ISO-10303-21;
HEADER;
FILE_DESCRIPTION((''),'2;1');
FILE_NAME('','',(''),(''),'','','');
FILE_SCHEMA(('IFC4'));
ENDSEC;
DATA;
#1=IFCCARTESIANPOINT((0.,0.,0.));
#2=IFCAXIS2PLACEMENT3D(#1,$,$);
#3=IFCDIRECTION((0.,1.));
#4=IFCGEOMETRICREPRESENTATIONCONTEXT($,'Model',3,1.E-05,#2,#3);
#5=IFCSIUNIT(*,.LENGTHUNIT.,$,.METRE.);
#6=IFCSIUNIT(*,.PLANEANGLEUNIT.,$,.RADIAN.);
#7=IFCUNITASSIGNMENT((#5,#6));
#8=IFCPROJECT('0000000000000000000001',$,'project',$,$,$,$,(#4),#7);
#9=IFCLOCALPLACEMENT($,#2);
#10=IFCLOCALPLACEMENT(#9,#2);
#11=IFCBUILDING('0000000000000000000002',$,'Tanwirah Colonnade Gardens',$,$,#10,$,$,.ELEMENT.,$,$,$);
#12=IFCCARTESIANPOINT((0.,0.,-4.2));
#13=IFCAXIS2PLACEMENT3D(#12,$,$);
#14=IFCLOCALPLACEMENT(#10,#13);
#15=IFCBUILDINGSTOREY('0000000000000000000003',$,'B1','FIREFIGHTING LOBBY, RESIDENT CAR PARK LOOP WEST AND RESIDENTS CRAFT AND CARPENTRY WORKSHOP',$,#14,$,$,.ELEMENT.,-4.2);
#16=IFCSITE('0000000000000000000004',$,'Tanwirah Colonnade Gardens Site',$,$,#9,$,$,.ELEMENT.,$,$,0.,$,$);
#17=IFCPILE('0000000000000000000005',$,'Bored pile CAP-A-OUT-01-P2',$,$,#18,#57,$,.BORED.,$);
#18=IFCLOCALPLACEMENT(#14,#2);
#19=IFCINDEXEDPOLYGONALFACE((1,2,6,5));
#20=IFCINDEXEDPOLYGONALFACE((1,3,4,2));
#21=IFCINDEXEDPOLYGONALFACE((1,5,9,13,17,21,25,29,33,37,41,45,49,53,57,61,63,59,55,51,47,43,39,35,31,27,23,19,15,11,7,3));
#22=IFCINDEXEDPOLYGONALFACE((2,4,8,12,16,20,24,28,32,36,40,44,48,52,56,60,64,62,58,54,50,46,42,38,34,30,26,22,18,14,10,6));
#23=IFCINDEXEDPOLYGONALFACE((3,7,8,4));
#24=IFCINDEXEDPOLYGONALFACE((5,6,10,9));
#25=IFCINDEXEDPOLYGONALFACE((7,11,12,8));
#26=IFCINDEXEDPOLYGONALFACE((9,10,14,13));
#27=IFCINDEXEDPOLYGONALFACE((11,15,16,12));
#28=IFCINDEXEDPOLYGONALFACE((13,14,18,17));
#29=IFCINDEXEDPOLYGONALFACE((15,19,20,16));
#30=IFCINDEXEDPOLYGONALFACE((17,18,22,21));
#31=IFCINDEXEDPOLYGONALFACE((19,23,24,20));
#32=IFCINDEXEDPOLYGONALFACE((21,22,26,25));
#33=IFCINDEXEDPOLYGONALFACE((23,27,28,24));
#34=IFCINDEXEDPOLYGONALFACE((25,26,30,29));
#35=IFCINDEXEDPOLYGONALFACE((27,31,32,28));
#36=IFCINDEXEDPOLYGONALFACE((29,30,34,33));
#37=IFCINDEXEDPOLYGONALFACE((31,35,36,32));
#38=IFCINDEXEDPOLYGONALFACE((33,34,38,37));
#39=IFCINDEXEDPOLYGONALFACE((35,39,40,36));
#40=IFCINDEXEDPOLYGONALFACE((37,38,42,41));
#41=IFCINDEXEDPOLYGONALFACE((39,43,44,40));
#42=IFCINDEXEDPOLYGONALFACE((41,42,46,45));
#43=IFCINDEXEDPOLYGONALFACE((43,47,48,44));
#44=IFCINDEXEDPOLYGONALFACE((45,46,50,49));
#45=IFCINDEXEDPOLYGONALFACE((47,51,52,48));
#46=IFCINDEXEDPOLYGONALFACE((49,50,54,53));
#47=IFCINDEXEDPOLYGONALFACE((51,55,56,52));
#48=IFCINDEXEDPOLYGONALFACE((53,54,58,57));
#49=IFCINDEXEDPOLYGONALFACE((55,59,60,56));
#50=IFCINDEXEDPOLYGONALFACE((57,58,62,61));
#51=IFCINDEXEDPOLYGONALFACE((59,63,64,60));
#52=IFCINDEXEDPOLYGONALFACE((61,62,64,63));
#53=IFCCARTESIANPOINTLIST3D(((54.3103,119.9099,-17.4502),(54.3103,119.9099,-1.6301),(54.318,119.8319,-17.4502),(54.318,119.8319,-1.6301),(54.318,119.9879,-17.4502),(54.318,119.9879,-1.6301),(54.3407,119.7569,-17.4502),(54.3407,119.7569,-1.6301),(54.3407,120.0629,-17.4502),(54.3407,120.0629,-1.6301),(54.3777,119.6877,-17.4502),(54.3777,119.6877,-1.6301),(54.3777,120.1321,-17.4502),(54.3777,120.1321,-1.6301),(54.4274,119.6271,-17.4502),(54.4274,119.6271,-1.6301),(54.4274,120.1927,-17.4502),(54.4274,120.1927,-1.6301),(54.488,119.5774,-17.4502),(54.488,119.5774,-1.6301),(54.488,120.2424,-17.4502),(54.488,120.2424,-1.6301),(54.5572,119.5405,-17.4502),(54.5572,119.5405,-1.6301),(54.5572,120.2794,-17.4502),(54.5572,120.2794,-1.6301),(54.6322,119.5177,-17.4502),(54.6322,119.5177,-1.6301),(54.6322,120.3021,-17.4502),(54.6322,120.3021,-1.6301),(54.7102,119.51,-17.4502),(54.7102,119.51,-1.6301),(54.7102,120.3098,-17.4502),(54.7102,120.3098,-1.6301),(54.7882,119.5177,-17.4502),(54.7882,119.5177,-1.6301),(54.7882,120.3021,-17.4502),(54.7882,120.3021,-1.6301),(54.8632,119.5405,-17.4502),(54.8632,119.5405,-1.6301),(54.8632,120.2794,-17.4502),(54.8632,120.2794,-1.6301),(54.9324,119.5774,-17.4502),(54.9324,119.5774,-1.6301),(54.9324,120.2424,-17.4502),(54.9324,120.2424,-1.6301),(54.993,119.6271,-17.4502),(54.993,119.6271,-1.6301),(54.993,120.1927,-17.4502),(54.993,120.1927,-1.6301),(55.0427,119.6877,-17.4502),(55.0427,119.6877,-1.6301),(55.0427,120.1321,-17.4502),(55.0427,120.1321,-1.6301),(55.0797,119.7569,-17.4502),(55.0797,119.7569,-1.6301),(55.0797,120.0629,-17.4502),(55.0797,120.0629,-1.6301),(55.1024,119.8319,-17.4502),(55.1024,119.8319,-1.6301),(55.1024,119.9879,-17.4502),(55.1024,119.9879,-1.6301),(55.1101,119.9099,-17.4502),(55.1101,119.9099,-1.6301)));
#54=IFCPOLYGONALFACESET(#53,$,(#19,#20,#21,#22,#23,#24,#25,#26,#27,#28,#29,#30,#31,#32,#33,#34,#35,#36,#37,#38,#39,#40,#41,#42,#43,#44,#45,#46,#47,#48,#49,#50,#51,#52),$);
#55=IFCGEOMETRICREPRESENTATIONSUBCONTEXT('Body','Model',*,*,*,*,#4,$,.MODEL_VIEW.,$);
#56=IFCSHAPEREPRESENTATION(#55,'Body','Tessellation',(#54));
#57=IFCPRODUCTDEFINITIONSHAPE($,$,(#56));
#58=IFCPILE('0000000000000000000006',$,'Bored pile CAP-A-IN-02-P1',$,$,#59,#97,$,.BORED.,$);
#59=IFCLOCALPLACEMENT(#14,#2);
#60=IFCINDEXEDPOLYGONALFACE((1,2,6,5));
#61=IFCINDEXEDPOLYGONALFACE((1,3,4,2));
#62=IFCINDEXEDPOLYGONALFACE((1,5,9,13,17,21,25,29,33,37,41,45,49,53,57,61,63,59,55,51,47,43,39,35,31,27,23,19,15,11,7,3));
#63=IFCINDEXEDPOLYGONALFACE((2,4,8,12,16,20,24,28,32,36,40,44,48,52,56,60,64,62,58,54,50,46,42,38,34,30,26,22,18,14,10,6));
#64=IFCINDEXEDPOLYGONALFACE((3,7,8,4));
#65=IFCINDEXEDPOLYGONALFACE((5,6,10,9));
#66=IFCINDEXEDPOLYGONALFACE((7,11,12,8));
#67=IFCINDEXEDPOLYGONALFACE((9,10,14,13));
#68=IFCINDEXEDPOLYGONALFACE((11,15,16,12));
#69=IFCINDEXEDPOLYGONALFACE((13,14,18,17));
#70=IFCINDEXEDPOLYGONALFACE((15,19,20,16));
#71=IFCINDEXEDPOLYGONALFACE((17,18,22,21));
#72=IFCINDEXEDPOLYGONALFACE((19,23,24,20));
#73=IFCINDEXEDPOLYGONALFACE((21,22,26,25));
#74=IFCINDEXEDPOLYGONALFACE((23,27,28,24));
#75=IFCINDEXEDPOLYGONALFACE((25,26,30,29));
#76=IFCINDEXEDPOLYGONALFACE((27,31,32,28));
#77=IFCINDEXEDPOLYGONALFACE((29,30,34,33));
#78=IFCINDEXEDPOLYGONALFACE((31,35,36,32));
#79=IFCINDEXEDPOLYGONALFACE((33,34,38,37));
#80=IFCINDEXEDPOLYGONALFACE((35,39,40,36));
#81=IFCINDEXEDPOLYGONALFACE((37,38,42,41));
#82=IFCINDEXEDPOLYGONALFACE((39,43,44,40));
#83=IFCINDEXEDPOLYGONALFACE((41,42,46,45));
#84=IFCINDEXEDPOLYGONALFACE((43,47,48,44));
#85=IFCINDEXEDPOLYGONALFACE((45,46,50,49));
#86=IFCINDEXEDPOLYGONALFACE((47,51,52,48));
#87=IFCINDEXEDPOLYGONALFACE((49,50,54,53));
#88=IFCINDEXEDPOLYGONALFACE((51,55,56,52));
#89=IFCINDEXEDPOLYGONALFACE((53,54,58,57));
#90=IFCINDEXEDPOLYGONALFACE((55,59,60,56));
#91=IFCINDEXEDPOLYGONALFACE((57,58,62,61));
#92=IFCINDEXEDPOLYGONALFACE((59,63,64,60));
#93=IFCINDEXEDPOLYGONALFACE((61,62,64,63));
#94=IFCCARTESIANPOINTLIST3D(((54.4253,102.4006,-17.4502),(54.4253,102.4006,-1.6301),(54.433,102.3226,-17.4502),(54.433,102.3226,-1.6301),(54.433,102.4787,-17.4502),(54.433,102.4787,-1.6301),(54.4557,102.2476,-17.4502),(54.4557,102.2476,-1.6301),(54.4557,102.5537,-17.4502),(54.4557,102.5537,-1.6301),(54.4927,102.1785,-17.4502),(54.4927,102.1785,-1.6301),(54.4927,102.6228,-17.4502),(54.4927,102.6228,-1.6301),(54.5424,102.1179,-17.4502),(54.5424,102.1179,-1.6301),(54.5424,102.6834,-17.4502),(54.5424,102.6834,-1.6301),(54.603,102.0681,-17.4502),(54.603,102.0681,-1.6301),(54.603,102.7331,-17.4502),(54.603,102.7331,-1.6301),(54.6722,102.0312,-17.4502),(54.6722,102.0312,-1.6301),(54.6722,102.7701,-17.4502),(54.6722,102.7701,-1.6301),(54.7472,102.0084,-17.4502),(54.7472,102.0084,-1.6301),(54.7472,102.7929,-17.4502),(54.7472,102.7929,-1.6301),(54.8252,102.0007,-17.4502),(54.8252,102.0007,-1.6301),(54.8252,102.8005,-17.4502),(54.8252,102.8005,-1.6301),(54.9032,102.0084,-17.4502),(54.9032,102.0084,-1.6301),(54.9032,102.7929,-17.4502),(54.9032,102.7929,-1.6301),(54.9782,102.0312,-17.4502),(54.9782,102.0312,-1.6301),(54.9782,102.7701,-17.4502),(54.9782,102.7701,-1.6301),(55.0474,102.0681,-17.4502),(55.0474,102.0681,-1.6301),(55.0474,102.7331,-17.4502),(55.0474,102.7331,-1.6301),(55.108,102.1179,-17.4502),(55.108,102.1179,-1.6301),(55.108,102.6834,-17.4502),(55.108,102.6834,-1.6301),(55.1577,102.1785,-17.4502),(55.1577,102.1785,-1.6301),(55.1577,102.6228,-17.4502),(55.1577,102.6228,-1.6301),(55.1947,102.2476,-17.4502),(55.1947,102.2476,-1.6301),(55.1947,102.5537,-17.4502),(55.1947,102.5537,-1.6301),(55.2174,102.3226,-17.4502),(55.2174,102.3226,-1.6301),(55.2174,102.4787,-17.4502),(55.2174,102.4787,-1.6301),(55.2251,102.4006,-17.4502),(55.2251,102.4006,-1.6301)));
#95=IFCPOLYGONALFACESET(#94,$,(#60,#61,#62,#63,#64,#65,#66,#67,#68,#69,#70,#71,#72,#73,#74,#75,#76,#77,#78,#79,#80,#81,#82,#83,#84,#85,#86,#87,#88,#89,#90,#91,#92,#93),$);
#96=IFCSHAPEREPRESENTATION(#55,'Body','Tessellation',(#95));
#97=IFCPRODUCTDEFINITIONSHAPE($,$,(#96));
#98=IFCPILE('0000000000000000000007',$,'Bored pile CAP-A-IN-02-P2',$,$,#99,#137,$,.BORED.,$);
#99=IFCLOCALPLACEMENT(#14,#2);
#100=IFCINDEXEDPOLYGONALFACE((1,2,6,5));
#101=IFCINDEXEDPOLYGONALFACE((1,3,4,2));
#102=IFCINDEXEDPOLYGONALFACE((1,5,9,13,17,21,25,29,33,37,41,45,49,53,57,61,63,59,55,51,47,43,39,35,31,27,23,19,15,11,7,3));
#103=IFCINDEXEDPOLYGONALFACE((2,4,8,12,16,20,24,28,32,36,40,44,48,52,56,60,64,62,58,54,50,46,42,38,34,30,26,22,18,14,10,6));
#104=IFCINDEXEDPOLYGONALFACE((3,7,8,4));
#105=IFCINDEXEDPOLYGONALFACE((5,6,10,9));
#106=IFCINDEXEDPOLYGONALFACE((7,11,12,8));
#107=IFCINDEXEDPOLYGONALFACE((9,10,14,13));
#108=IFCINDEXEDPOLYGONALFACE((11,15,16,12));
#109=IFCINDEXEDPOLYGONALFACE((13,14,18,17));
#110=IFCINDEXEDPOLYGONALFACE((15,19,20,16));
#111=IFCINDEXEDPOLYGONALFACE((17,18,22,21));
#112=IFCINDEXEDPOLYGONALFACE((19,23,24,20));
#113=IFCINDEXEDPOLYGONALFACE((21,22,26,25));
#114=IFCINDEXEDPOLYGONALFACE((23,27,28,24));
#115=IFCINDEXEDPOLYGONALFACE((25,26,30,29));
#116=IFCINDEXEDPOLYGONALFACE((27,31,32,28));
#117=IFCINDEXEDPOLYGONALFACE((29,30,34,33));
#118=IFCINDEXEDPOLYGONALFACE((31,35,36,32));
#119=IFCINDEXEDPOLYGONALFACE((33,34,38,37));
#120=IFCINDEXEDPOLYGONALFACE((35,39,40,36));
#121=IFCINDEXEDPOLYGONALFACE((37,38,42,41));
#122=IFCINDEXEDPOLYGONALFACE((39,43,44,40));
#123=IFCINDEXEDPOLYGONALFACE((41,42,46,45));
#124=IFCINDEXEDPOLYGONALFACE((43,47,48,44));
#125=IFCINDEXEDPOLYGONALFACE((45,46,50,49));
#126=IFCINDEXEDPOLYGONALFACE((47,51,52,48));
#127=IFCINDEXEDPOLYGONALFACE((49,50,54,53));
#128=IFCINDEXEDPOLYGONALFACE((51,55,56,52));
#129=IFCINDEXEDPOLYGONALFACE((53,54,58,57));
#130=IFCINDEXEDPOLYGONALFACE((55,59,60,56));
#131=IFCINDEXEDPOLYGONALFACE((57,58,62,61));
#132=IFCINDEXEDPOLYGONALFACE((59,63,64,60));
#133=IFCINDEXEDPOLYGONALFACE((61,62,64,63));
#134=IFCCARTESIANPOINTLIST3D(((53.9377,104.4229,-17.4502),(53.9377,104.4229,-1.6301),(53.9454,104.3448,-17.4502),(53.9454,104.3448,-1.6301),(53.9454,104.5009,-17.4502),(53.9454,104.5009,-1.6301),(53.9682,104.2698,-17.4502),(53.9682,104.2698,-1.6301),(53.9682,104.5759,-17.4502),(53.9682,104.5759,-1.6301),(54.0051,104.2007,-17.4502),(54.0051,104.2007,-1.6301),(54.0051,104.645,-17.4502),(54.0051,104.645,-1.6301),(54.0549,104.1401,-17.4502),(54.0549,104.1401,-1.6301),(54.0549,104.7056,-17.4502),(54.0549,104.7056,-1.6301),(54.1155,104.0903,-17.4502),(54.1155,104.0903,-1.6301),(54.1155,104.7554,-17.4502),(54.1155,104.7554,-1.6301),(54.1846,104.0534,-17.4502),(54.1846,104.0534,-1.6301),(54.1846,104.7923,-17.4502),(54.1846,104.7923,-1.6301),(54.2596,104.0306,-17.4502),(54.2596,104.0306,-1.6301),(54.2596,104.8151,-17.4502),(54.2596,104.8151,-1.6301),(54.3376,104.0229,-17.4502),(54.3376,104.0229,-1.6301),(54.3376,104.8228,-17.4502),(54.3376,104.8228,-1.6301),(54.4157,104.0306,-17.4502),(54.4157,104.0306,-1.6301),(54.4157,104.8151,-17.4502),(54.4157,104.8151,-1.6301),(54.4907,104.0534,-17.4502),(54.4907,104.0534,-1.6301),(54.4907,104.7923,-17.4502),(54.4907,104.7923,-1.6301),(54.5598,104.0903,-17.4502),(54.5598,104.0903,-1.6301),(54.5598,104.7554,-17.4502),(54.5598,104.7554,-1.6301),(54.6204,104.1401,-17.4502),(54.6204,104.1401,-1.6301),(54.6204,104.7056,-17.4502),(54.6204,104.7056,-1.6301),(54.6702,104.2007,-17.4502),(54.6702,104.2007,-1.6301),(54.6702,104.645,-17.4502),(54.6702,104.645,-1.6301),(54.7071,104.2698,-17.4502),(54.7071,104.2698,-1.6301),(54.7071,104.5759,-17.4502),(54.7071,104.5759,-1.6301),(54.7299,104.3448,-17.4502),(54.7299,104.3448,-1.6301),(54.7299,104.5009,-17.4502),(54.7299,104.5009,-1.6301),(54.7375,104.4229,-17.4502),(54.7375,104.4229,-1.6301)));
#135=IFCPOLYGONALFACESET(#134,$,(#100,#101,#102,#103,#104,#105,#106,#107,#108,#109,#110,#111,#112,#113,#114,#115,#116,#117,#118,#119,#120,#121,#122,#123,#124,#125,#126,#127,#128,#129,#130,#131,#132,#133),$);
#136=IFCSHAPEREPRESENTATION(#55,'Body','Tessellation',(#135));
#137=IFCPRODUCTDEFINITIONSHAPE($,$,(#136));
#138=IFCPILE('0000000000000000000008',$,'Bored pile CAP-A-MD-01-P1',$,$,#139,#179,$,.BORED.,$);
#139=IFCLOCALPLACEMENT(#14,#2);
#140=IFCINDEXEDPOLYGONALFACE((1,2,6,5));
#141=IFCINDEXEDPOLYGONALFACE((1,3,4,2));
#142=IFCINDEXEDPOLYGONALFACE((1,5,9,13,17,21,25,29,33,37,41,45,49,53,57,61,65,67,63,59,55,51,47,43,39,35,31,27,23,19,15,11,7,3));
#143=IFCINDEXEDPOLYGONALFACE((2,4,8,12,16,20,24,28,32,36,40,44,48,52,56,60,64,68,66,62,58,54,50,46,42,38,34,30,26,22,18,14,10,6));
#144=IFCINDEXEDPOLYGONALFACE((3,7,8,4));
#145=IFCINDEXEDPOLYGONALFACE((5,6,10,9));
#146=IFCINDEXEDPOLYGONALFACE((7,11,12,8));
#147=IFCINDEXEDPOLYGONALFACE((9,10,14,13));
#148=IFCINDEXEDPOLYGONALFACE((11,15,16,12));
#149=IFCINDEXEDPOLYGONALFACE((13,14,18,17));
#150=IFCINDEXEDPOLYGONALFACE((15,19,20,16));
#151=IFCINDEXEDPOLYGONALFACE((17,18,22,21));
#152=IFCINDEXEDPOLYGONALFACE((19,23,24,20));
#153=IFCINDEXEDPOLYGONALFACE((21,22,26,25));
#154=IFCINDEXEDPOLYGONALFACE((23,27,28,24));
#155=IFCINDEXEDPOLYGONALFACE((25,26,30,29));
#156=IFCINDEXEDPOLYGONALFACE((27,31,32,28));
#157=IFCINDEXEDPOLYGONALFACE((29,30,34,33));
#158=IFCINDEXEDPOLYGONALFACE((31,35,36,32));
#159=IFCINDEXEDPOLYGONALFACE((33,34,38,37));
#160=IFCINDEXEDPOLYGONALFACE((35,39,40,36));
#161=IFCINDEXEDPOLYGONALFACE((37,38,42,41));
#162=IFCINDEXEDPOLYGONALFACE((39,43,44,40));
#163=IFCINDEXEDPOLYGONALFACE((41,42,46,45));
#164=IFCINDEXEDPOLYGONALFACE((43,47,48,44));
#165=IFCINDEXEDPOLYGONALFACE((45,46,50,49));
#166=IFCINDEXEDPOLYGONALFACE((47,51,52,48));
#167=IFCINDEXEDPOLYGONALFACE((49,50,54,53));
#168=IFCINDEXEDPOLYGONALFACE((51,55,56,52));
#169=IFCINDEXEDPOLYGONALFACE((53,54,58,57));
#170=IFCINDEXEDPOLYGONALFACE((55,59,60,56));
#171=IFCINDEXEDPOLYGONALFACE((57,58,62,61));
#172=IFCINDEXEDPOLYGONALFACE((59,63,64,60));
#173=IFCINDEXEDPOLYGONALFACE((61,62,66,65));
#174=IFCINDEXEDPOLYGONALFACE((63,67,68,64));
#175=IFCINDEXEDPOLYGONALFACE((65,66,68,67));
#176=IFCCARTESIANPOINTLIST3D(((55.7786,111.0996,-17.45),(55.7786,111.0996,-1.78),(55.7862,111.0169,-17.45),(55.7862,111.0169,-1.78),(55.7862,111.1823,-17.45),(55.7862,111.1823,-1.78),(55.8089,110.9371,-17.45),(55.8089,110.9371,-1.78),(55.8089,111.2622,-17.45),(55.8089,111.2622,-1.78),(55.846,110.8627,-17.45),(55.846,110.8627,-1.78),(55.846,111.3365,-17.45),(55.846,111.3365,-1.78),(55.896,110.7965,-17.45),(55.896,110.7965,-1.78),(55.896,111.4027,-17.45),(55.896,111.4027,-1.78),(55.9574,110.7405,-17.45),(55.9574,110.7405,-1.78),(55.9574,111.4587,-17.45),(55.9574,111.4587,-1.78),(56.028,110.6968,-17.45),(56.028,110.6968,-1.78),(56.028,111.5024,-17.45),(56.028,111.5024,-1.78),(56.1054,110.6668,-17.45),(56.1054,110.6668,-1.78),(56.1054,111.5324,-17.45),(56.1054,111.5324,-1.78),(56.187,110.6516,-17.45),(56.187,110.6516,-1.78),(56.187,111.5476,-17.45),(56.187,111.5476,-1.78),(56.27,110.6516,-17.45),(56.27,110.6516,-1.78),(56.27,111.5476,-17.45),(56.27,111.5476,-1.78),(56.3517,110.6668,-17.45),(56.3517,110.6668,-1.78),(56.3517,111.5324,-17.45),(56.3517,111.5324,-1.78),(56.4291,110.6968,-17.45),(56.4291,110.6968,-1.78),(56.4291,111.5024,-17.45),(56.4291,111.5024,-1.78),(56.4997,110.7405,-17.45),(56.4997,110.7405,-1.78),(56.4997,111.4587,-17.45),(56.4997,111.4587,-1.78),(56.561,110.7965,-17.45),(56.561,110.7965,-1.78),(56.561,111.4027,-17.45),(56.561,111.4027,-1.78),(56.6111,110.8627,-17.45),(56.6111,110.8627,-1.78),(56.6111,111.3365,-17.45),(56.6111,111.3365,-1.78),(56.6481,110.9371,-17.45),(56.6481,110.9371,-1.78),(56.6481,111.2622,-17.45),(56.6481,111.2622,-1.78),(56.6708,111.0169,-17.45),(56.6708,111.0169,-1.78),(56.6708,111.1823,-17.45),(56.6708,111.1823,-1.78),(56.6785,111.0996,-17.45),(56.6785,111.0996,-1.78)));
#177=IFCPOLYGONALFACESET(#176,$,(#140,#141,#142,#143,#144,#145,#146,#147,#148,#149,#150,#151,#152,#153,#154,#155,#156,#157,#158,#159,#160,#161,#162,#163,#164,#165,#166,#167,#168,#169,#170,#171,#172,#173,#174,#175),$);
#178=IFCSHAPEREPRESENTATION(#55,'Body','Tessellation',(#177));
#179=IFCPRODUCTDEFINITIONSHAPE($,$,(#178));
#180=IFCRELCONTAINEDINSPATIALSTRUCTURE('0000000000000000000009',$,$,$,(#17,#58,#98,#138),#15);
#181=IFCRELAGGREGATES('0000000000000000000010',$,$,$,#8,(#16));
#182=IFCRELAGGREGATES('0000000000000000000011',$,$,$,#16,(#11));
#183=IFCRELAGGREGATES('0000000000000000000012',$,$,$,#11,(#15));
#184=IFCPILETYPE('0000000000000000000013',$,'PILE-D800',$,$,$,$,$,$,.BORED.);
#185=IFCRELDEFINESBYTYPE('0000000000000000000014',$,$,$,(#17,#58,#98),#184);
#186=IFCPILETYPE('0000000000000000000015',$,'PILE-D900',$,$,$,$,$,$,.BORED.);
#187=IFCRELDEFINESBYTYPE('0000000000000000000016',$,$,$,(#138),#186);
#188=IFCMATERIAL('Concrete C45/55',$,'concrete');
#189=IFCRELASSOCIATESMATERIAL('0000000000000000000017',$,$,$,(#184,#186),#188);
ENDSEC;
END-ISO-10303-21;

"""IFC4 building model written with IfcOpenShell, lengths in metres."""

from ifc_helpers import new_model, si_unit, direction, frame, origin, origin_2d, place, context, subcontext, project, spatial, circle, extrude, material, material_profile, profile_set, type_object, element, save


model = new_model("IFC4")

# Units and contexts
model_context = context("Model", 3, precision=1e-05, world=origin(), true_north=direction((0.0, 1.0)))
body_context = subcontext(model_context, "Body", "Model", "MODEL_VIEW")
ifc_project = project(units=[si_unit("LENGTHUNIT", "METRE"), si_unit("PLANEANGLEUNIT", "RADIAN")], contexts=[model_context])

# Site, building, storey
site_placement = place(None, origin())
site = spatial("IfcSite", under=ifc_project, at=site_placement, Name="Tanwirah Colonnade Gardens Site", CompositionType="ELEMENT", RefElevation=0.0)
building_placement = place(site_placement, origin())
building = spatial("IfcBuilding", under=site, at=building_placement, Name="Tanwirah Colonnade Gardens", CompositionType="ELEMENT")
storey_placement = place(building_placement, frame((0.0, 0.0, -4.2)))
storey = spatial("IfcBuildingStorey", under=building, at=storey_placement, Name="B1", Description="FIREFIGHTING LOBBY, RESIDENT CAR PARK LOOP WEST AND RESIDENTS CRAFT AND CARPENTRY WORKSHOP", CompositionType="ELEMENT", Elevation=-4.2)

# Shared definitions
ifc_material_1 = material(Name="Concrete C45/55", Category="concrete")

# Piles
ifc_material_profile_1 = material_profile(ifc_material_1, circle(Radius=0.3999, at=origin_2d()), Name="PILE D800")
ifc_profile_set_1 = profile_set([ifc_material_profile_1], Name="Concrete C45/55")
pile_type_1 = type_object("IfcPileType", Name="PILE-D800", PredefinedType="BORED", material=ifc_profile_set_1)
for number, where, z_axis, x_axis, name in (
    (1, (54.7102, 119.9099, -1.6301), (0.0, 0.0, -1.0), (1.0, 0.0, 0.0), "Bored pile CAP-A-OUT-01-P2"),
    (2, (54.8252, 102.4006, -1.6301), (0.0, 0.0, -1.0), (1.0, 0.0, 0.0), "Bored pile CAP-A-IN-02-P1"),
    (3, (54.3376, 104.4229, -1.6301), (0.0, 0.0, -1.0), (1.0, 0.0, 0.0), "Bored pile CAP-A-IN-02-P2"),
):
    element("IfcPile", number, at=place(storey_placement, frame(where, z_axis=z_axis, x_axis=x_axis)), inside=storey, type_object=pile_type_1, Name=name, PredefinedType="BORED", context=body_context, shape_type="SweptSolid", body=[
        extrude(circle(Radius=0.3999, at=origin_2d()), origin(), (0.0, 0.0, 1.0), 15.8201),
    ])
ifc_material_profile_2 = material_profile(ifc_material_1, circle(Radius=0.45, at=origin_2d()), Name="PILE D900")
ifc_profile_set_2 = profile_set([ifc_material_profile_2], Name="Concrete C45/55")
pile_type_2 = type_object("IfcPileType", Name="PILE-D900", PredefinedType="BORED", material=ifc_profile_set_2)
for number, where, z_axis, x_axis, name in (
    (4, (56.2285, 111.0996, -1.78), (0.0, 0.0, -1.0), (1.0, 0.0, 0.0), "Bored pile CAP-A-MD-01-P1"),
):
    element("IfcPile", number, at=place(storey_placement, frame(where, z_axis=z_axis, x_axis=x_axis)), inside=storey, type_object=pile_type_2, Name=name, PredefinedType="BORED", context=body_context, shape_type="SweptSolid", body=[
        extrude(circle(Radius=0.45, at=origin_2d()), origin(), (0.0, 0.0, 1.0), 15.6699),
    ])

save(model, "model.ifc")
